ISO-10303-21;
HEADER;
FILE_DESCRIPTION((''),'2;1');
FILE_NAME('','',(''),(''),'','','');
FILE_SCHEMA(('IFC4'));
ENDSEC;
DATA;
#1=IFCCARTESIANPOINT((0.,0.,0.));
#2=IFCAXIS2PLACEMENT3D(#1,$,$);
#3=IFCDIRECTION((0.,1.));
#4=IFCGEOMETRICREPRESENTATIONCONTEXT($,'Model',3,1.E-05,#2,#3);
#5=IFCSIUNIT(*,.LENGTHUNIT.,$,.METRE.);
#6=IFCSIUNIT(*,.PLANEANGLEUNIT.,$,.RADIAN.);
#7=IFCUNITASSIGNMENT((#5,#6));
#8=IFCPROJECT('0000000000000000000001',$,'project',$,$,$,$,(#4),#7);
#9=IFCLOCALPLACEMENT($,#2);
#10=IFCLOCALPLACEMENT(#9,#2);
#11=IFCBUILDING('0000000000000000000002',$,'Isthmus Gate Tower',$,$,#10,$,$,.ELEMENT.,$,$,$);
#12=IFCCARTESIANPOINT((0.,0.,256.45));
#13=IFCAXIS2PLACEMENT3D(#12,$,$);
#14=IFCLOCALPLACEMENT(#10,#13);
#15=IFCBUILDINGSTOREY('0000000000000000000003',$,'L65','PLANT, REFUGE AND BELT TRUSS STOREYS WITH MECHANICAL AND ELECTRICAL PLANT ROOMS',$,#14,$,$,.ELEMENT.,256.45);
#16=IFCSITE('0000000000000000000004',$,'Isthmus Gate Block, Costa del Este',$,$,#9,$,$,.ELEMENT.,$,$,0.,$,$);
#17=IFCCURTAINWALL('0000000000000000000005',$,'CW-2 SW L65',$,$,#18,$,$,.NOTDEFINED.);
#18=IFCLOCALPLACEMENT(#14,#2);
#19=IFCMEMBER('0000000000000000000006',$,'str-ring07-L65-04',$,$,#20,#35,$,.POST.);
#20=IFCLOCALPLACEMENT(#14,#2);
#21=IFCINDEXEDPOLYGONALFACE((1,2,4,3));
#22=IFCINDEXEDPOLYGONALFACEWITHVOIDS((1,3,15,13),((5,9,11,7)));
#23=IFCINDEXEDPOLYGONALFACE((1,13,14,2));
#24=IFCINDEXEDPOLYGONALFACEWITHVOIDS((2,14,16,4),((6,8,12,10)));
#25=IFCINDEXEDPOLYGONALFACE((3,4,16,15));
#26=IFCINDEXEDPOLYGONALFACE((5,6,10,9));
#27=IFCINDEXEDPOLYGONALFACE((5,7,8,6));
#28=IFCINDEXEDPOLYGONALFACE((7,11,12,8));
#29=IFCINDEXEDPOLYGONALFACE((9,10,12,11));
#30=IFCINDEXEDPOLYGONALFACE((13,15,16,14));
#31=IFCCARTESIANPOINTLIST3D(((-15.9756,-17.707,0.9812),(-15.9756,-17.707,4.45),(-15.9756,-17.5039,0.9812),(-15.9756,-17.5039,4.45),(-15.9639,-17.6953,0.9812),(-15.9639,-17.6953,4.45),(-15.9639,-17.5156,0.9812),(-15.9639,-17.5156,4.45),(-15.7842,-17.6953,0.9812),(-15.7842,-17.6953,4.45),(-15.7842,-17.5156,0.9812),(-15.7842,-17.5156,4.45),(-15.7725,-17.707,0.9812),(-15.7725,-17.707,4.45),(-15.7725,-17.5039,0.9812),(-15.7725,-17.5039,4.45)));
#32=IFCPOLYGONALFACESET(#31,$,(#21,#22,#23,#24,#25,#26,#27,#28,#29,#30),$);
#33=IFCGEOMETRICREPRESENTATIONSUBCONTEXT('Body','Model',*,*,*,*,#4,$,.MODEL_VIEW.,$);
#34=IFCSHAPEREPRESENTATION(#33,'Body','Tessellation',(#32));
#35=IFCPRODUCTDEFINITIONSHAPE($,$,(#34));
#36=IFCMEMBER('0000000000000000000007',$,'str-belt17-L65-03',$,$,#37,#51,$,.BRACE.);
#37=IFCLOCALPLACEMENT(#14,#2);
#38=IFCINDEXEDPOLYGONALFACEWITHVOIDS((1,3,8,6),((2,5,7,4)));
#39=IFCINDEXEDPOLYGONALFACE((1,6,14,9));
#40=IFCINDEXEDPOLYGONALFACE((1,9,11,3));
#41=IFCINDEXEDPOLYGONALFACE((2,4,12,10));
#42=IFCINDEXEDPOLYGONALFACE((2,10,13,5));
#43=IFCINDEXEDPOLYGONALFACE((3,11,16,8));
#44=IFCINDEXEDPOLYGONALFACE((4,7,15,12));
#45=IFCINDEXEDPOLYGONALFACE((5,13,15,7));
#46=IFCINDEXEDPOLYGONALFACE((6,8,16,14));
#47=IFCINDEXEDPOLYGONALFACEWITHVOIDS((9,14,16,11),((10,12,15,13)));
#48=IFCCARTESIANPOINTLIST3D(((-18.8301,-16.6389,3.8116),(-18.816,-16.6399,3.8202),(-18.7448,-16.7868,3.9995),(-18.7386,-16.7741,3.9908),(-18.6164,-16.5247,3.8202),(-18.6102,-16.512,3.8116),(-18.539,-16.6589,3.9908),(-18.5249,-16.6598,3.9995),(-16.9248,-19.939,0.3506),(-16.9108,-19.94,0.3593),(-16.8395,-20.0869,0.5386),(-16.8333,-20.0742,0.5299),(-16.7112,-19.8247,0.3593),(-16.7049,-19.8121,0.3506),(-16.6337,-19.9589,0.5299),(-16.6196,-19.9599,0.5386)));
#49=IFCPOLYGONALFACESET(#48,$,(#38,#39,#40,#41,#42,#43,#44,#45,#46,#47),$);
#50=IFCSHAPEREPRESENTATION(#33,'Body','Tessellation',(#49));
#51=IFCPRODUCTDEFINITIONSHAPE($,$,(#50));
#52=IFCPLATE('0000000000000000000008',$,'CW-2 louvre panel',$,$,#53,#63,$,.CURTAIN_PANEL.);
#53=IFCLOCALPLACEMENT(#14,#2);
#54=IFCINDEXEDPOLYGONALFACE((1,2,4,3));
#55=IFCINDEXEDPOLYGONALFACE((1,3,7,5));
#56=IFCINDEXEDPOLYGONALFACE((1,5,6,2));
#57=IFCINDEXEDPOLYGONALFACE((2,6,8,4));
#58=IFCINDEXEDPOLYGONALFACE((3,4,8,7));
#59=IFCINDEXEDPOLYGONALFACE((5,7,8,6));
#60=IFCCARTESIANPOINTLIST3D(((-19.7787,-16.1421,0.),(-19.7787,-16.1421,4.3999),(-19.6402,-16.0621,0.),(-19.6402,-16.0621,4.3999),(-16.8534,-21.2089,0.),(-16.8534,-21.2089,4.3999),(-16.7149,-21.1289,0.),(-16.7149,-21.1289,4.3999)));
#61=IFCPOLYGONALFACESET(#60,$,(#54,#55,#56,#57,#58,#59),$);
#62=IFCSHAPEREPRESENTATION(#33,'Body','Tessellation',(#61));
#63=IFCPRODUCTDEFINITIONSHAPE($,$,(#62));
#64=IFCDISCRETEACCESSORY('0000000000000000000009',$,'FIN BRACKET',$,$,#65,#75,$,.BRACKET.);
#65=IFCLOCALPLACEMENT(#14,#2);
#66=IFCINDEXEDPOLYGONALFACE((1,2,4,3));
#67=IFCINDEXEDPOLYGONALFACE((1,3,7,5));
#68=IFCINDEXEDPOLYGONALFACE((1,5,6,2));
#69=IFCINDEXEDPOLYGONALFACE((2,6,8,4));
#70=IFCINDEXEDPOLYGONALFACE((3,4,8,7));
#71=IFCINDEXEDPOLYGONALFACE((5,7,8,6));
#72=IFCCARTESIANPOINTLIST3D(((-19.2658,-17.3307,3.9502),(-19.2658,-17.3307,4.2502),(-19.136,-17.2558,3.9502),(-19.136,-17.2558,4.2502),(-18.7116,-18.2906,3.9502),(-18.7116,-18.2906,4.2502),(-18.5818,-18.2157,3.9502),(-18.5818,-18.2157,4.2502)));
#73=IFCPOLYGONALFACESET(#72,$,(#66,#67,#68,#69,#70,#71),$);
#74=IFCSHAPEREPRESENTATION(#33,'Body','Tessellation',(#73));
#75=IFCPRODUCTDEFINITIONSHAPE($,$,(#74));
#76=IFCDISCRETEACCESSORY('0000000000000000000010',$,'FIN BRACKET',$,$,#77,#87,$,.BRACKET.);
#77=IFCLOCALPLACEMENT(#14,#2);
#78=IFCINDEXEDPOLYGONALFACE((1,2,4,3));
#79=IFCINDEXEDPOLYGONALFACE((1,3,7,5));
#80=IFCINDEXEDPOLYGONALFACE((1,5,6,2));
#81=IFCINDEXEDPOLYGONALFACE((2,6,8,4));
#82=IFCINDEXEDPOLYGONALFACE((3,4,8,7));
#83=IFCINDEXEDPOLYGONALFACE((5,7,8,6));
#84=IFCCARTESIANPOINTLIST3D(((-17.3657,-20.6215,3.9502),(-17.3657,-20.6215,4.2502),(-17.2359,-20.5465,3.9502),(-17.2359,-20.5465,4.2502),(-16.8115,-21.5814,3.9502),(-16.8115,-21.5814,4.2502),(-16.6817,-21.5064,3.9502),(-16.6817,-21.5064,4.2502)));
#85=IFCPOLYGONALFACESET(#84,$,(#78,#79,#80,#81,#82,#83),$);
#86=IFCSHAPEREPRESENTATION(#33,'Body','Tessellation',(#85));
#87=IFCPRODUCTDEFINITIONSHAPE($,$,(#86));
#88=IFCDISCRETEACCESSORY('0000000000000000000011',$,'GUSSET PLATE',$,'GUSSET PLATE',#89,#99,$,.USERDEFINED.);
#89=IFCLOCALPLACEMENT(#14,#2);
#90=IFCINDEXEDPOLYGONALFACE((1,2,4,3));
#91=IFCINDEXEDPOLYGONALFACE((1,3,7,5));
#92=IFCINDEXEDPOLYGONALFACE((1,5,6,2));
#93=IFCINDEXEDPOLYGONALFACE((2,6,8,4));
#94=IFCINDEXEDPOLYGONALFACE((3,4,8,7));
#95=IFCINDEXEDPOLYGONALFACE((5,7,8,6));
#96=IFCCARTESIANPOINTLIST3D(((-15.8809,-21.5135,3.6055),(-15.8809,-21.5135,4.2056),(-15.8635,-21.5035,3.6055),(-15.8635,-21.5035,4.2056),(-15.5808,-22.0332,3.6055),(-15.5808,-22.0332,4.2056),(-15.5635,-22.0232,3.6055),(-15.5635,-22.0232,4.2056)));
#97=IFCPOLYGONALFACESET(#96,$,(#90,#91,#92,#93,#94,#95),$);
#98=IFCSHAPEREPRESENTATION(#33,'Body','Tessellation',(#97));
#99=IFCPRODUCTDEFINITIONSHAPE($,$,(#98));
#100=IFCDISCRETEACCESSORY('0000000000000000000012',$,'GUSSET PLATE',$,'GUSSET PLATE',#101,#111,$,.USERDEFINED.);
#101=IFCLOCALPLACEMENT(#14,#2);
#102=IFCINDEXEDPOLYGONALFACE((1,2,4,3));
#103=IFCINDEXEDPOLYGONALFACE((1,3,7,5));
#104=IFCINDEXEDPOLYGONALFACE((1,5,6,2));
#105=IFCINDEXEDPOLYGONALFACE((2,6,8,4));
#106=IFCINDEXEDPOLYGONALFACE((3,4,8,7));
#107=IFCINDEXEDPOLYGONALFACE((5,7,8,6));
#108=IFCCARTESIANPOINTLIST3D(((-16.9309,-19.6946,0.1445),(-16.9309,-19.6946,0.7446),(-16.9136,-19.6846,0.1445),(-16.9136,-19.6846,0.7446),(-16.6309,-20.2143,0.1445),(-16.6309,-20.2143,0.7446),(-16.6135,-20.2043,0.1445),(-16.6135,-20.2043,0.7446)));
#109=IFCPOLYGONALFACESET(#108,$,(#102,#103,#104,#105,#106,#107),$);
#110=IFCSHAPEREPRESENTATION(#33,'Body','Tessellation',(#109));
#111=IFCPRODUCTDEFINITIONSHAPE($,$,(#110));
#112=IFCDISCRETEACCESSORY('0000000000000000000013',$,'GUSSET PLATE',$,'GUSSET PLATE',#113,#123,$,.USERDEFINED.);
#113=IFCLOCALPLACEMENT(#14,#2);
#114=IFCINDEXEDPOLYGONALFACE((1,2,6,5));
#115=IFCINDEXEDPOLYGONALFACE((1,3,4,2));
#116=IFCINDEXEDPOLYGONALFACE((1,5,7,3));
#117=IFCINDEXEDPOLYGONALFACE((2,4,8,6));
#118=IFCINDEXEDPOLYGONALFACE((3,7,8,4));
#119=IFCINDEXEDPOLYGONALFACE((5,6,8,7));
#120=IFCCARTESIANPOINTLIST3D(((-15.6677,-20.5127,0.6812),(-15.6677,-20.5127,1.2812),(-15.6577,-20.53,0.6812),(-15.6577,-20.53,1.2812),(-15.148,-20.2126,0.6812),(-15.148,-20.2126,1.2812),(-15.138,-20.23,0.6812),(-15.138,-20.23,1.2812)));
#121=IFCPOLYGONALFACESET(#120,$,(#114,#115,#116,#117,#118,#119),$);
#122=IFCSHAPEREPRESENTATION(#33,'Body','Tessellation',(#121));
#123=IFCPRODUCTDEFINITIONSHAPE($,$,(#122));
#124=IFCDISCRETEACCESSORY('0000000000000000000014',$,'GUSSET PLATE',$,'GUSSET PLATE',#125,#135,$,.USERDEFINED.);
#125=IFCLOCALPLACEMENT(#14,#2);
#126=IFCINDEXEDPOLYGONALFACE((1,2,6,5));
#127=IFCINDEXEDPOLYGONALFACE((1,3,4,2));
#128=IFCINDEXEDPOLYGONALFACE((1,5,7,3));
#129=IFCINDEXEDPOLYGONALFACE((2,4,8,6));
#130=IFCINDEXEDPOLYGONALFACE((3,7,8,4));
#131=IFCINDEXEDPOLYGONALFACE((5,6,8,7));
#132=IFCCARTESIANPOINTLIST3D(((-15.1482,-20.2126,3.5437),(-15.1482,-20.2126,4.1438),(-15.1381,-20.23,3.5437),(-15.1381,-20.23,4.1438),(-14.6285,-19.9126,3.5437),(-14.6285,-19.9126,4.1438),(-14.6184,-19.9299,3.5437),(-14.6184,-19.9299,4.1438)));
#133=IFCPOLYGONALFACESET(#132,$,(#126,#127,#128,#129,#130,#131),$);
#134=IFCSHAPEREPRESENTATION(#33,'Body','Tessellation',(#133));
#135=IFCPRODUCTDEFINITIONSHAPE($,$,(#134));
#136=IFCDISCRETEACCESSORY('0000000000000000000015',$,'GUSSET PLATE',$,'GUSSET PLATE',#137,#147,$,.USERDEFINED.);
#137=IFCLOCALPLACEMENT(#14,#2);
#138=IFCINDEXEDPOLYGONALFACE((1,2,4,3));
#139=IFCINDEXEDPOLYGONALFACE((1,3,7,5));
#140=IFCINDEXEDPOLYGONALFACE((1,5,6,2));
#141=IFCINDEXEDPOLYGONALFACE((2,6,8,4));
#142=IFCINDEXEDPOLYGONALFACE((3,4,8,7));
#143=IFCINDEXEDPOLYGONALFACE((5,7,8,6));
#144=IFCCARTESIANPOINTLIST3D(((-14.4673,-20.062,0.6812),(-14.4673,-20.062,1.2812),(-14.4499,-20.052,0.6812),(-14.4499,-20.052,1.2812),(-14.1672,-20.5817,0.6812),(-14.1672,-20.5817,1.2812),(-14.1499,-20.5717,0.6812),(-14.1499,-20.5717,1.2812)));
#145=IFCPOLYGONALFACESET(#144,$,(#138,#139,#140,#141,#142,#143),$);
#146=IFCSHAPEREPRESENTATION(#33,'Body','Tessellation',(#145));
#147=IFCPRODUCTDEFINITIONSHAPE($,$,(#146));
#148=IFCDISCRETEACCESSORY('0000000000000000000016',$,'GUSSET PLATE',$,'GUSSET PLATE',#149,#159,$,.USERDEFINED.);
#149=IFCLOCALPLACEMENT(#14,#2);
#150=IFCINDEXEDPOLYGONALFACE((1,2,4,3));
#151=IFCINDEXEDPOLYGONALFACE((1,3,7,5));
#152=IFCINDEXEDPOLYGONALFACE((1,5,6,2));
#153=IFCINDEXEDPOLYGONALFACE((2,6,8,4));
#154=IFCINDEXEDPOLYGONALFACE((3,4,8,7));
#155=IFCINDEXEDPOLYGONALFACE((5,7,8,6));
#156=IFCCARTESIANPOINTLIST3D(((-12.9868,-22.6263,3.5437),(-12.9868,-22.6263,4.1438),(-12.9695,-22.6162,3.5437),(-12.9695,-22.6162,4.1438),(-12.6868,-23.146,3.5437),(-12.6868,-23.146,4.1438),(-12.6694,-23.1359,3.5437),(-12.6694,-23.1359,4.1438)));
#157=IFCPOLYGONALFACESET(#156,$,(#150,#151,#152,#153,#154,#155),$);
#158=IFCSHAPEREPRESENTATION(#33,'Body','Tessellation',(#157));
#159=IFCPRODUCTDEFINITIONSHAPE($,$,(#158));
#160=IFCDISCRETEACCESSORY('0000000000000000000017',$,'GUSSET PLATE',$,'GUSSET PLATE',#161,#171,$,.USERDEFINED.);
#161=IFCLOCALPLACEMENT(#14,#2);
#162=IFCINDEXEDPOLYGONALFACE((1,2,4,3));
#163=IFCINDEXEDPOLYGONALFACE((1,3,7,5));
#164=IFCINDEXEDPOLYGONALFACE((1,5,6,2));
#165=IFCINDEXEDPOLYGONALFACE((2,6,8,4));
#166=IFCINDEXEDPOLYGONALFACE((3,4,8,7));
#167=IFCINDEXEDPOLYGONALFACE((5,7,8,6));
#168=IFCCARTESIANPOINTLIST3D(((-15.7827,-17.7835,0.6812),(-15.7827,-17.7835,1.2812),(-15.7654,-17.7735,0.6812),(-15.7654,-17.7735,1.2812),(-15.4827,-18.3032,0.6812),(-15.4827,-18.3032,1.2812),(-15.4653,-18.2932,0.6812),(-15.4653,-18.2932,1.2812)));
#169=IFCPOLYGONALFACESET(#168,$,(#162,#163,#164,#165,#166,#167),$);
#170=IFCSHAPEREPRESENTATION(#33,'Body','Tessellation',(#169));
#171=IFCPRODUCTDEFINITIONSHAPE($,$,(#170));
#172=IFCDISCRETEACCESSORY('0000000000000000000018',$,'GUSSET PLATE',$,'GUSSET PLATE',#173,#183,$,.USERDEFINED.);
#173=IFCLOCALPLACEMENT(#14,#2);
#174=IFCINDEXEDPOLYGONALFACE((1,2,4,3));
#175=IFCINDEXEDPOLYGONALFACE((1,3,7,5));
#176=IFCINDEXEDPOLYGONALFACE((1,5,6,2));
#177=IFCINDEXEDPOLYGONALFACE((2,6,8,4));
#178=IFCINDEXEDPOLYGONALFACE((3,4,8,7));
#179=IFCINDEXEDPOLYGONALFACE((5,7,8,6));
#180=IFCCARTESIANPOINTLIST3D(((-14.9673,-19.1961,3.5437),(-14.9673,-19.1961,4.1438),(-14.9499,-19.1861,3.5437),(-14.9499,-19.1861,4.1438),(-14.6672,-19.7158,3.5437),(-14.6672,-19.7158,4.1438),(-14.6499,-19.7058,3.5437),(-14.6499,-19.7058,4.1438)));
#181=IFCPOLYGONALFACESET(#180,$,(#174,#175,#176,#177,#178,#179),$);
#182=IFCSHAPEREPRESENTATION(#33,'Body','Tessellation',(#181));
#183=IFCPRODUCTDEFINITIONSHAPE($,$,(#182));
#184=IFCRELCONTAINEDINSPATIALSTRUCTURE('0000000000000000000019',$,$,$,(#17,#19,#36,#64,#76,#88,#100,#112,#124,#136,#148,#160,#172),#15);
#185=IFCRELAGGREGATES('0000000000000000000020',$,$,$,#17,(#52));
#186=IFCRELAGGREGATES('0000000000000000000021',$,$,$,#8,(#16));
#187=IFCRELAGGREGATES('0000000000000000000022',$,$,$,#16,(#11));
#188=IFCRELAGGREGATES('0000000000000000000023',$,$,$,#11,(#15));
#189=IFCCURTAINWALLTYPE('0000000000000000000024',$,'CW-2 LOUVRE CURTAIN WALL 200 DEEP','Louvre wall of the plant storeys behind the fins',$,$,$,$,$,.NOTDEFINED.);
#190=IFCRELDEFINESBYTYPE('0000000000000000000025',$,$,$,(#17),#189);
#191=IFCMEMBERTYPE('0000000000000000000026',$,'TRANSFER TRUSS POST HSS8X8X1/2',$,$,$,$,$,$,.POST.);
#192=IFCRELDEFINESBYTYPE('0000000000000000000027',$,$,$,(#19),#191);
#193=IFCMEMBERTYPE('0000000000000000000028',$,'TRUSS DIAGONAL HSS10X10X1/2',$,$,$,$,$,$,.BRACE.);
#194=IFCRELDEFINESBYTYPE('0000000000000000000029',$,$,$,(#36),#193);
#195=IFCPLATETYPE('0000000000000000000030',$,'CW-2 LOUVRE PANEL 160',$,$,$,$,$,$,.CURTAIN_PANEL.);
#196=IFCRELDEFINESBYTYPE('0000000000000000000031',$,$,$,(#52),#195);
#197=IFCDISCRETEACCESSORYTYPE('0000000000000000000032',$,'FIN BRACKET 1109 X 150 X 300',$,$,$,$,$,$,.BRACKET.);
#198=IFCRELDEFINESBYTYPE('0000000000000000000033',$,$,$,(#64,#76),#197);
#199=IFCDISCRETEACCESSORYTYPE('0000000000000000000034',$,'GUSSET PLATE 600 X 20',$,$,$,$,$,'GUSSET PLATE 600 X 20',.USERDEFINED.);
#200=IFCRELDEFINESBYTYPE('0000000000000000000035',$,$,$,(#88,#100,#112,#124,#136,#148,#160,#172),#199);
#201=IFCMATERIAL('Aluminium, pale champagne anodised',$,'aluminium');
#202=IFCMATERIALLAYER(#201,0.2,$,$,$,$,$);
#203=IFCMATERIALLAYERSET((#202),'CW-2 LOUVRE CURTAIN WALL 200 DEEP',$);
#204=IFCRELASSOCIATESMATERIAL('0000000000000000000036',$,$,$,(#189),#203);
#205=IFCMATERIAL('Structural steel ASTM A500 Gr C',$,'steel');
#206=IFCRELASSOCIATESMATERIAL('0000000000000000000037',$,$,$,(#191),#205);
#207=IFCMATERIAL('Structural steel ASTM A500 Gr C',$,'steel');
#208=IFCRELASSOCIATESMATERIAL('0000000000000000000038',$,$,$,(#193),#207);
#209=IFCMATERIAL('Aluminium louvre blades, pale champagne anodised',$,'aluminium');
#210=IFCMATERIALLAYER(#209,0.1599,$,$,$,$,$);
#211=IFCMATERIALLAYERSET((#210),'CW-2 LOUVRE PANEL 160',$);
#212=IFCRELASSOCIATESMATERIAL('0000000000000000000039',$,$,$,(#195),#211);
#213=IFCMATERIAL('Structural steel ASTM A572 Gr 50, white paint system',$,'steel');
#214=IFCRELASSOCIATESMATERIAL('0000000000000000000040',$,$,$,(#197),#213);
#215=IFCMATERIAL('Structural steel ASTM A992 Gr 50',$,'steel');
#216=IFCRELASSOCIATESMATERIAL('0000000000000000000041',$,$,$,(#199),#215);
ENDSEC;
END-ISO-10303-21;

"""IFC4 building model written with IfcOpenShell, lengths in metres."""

from ifc_helpers import new_model, si_unit, direction, frame, origin, origin_2d, place, context, subcontext, project, spatial, rectangle, hollow_rectangle, extrude, material, layer, layer_set, material_profile, profile_set, type_object, element, aggregate, save


model = new_model("IFC4")

# Units and contexts
model_context = context("Model", 3, precision=1e-05, world=origin(), true_north=direction((0.0, 1.0)))
body_context = subcontext(model_context, "Body", "Model", "MODEL_VIEW")
ifc_project = project(units=[si_unit("LENGTHUNIT", "METRE"), si_unit("PLANEANGLEUNIT", "RADIAN")], contexts=[model_context])

# Site, building, storey
site_placement = place(None, origin())
site = spatial("IfcSite", under=ifc_project, at=site_placement, Name="Isthmus Gate Block, Costa del Este", CompositionType="ELEMENT", RefElevation=0.0)
building_placement = place(site_placement, origin())
building = spatial("IfcBuilding", under=site, at=building_placement, Name="Isthmus Gate Tower", CompositionType="ELEMENT")
storey_placement = place(building_placement, frame((0.0, 0.0, 256.45)))
storey = spatial("IfcBuildingStorey", under=building, at=storey_placement, Name="L65", Description="PLANT, REFUGE AND BELT TRUSS STOREYS WITH MECHANICAL AND ELECTRICAL PLANT ROOMS", CompositionType="ELEMENT", Elevation=256.45)

# Curtain wall
ifc_material_1 = material(Name="Aluminium, pale champagne anodised", Category="aluminium")
ifc_layer_1 = layer(ifc_material_1, 0.2)
ifc_layer_set_1 = layer_set([ifc_layer_1], Name="CW-2 LOUVRE CURTAIN WALL 200 DEEP")
curtain_wall_type = type_object("IfcCurtainWallType", Name="CW-2 LOUVRE CURTAIN WALL 200 DEEP", Description="Louvre wall of the plant storeys behind the fins", PredefinedType="NOTDEFINED", material=ifc_layer_set_1)
curtain_wall_placement = place(storey_placement, origin())
curtain_wall = element("IfcCurtainWall", 1, at=curtain_wall_placement, inside=storey, type_object=curtain_wall_type, Name="CW-2 SW L65", PredefinedType="NOTDEFINED")

# Members
ifc_material_2 = material(Name="Structural steel ASTM A500 Gr C", Category="steel")
ifc_material_profile_1 = material_profile(ifc_material_2, hollow_rectangle(XDim=0.2031, YDim=0.2031, WallThickness=0.0117, at=origin_2d()), Name="HSS8X8X1/2")
ifc_profile_set_1 = profile_set([ifc_material_profile_1], Name="Structural steel ASTM A500 Gr C")
member_type_1 = type_object("IfcMemberType", Name="TRANSFER TRUSS POST HSS8X8X1/2", PredefinedType="POST", material=ifc_profile_set_1)
member_1_placement = place(storey_placement, frame((-15.874, -17.6055, 0.9812), z_axis=(0.0, 0.0, 1.0), x_axis=(1.0, 0.0, 0.0)))
element("IfcMember", 2, at=member_1_placement, inside=storey, type_object=member_type_1, Name="str-ring07-L65-04", PredefinedType="POST", context=body_context, shape_type="SweptSolid", body=[
    extrude(hollow_rectangle(XDim=0.2031, YDim=0.2031, WallThickness=0.0117, at=origin_2d()), origin(), (0.0, 0.0, 1.0), 3.4688),
])
ifc_material_3 = material(Name="Structural steel ASTM A500 Gr C", Category="steel")
ifc_material_profile_2 = material_profile(ifc_material_3, hollow_rectangle(XDim=0.2539, YDim=0.2539, WallThickness=0.0117, at=origin_2d()), Name="HSS10X10X1/2")
ifc_profile_set_2 = profile_set([ifc_material_profile_2], Name="Structural steel ASTM A500 Gr C")
member_type_2 = type_object("IfcMemberType", Name="TRUSS DIAGONAL HSS10X10X1/2", PredefinedType="BRACE", material=ifc_profile_set_2)
member_2_placement = place(storey_placement, frame((-16.7722, -19.9495, 0.4446), z_axis=(-0.370124, 0.641077, 0.672331), x_axis=(-0.866027, -0.499998, 0.0)))
element("IfcMember", 3, at=member_2_placement, inside=storey, type_object=member_type_2, Name="str-belt17-L65-03", PredefinedType="BRACE", context=body_context, shape_type="SweptSolid", body=[
    extrude(hollow_rectangle(XDim=0.2539, YDim=0.2539, WallThickness=0.0117, at=origin_2d()), origin(), (0.0, 0.0, 1.0), 5.1477),
])

# Plate
ifc_material_4 = material(Name="Aluminium louvre blades, pale champagne anodised", Category="aluminium")
ifc_layer_2 = layer(ifc_material_4, 0.1599)
ifc_layer_set_2 = layer_set([ifc_layer_2], Name="CW-2 LOUVRE PANEL 160")
plate_type = type_object("IfcPlateType", Name="CW-2 LOUVRE PANEL 160", PredefinedType="CURTAIN_PANEL", material=ifc_layer_set_2)
plate_placement = place(storey_placement, frame((-18.2468, -18.6355, 0.0), z_axis=(0.0, 0.0, 1.0), x_axis=(0.5, -0.866025, 0.0)))
plate = element("IfcPlate", 4, at=plate_placement, type_object=plate_type, Name="CW-2 louvre panel", PredefinedType="CURTAIN_PANEL", context=body_context, shape_type="SweptSolid", body=[
    extrude(rectangle(XDim=5.8506, YDim=0.1599, at=origin_2d()), origin(), (0.0, 0.0, 1.0), 4.3999),
])
aggregate(curtain_wall, [plate])

# Discrete accessories
ifc_material_5 = material(Name="Structural steel ASTM A572 Gr 50, white paint system", Category="steel")
discrete_accessory_type_1 = type_object("IfcDiscreteAccessoryType", Name="FIN BRACKET 1109 X 150 X 300", PredefinedType="BRACKET", material=ifc_material_5)
for number, where, z_axis, x_axis, name in (
    (5, (-18.9238, -17.7732, 3.9502), (0.0, 0.0, 1.0), (-0.866025, -0.5, 0.0), "FIN BRACKET"),
    (6, (-17.0237, -21.064, 3.9502), (0.0, 0.0, 1.0), (-0.866025, -0.5, 0.0), "FIN BRACKET"),
):
    element("IfcDiscreteAccessory", number, at=place(storey_placement, frame(where, z_axis=z_axis, x_axis=x_axis)), inside=storey, type_object=discrete_accessory_type_1, Name=name, PredefinedType="BRACKET", context=body_context, shape_type="SweptSolid", body=[
        extrude(rectangle(XDim=0.1499, YDim=1.1084, at=origin_2d()), origin(), (0.0, 0.0, 1.0), 0.3),
    ])
ifc_material_6 = material(Name="Structural steel ASTM A992 Gr 50", Category="steel")
discrete_accessory_type_2 = type_object("IfcDiscreteAccessoryType", Name="GUSSET PLATE 600 X 20", ElementType="GUSSET PLATE 600 X 20", PredefinedType="USERDEFINED", material=ifc_material_6)
for number, where, z_axis, x_axis, name in (
    (7, (-15.7222, -21.7683, 3.6055), (0.0, 0.0, 1.0), (-0.5, 0.866025, 0.0), "GUSSET PLATE"),
    (8, (-16.7722, -19.9495, 0.1445), (0.0, 0.0, 1.0), (-0.5, 0.866025, 0.0), "GUSSET PLATE"),
    (9, (-15.4028, -20.3713, 0.6812), (0.0, 0.0, 1.0), (0.866025, 0.5, 0.0), "GUSSET PLATE"),
    (10, (-14.8833, -20.0713, 3.5437), (0.0, 0.0, 1.0), (0.866025, 0.5, 0.0), "GUSSET PLATE"),
    (11, (-14.3086, -20.3169, 0.6812), (0.0, 0.0, 1.0), (0.5, -0.866025, 0.0), "GUSSET PLATE"),
    (12, (-12.8281, -22.8811, 3.5437), (0.0, 0.0, 1.0), (0.5, -0.866025, 0.0), "GUSSET PLATE"),
    (13, (-15.624, -18.0383, 0.6812), (0.0, 0.0, 1.0), (0.5, -0.866025, 0.0), "GUSSET PLATE"),
    (14, (-14.8086, -19.4509, 3.5437), (0.0, 0.0, 1.0), (0.5, -0.866025, 0.0), "GUSSET PLATE"),
):
    element("IfcDiscreteAccessory", number, at=place(storey_placement, frame(where, z_axis=z_axis, x_axis=x_axis)), inside=storey, type_object=discrete_accessory_type_2, Name=name, ObjectType="GUSSET PLATE", PredefinedType="USERDEFINED", context=body_context, shape_type="SweptSolid", body=[
        extrude(rectangle(XDim=0.6001, YDim=0.02, at=origin_2d()), origin(), (0.0, 0.0, 1.0), 0.6001),
    ])

save(model, "model.ifc")
